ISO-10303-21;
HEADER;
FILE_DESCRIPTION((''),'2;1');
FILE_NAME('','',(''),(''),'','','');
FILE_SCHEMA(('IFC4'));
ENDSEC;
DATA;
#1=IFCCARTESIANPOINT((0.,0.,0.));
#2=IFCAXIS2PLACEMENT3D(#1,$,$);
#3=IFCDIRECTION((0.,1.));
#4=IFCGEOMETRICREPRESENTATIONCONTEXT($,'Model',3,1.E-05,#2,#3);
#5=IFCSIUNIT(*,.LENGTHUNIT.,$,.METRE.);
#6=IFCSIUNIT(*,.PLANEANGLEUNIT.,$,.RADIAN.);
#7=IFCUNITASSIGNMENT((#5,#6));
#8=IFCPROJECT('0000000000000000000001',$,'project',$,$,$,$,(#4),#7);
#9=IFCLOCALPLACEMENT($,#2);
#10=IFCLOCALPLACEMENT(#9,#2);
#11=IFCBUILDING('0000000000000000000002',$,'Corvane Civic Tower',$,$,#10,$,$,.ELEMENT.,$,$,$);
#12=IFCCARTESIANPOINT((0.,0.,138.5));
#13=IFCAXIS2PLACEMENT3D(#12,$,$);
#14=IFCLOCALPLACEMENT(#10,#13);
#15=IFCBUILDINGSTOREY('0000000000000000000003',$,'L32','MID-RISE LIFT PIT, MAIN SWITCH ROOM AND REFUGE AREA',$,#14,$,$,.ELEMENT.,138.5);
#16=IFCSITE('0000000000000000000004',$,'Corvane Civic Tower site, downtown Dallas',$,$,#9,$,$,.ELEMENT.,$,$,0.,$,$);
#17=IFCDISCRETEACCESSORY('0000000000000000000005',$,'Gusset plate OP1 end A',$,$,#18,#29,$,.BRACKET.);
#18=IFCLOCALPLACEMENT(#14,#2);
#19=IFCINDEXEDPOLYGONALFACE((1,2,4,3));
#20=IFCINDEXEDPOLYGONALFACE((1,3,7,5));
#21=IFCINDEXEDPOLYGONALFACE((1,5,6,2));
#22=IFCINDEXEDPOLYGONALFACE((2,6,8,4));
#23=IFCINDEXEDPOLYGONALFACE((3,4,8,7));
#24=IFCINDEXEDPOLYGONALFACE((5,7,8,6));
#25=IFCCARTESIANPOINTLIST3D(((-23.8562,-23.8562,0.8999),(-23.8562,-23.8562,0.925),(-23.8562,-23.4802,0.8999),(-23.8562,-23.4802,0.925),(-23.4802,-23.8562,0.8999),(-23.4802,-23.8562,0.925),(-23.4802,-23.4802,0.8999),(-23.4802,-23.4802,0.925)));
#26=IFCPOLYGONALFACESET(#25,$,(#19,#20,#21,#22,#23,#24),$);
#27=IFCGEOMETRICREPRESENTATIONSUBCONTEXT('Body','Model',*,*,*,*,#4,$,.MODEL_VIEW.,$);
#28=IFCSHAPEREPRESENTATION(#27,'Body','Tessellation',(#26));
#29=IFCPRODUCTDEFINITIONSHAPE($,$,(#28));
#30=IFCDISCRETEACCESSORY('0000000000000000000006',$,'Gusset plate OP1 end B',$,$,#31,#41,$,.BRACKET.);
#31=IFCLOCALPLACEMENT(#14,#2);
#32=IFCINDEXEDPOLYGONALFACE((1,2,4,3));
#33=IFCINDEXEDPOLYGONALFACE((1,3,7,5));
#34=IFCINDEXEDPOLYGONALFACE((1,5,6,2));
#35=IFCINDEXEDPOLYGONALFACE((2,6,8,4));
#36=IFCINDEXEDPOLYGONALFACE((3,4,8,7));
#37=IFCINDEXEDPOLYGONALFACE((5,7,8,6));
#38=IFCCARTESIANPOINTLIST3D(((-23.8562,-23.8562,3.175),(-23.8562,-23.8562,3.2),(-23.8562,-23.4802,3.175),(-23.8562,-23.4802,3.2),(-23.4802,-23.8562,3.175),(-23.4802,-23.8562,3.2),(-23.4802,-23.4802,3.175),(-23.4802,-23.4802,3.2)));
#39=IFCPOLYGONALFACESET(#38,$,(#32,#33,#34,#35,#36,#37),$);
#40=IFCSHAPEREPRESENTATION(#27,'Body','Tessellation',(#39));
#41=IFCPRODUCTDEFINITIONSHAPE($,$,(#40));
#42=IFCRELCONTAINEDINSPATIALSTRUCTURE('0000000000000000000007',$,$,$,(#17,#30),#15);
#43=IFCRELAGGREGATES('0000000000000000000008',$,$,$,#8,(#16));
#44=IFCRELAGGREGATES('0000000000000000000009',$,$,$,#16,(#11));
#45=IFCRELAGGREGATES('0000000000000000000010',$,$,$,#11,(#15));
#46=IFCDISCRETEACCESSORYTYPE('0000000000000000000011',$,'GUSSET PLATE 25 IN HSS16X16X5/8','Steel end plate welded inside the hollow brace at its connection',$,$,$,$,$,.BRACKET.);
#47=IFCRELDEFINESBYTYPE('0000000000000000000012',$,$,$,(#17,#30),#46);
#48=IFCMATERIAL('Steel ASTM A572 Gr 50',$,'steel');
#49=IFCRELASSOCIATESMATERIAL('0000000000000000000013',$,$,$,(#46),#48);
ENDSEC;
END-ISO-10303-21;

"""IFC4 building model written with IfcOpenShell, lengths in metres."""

from ifc_helpers import new_model, si_unit, direction, frame, origin, origin_2d, place, context, subcontext, project, spatial, rectangle, extrude, material, material_profile, profile_set, type_object, element, save


model = new_model("IFC4")

# Units and contexts
model_context = context("Model", 3, precision=1e-05, world=origin(), true_north=direction((0.0, 1.0)))
body_context = subcontext(model_context, "Body", "Model", "MODEL_VIEW")
ifc_project = project(units=[si_unit("LENGTHUNIT", "METRE"), si_unit("PLANEANGLEUNIT", "RADIAN")], contexts=[model_context])

# Site, building, storey
site_placement = place(None, origin())
site = spatial("IfcSite", under=ifc_project, at=site_placement, Name="Corvane Civic Tower site, downtown Dallas", CompositionType="ELEMENT", RefElevation=0.0)
building_placement = place(site_placement, origin())
building = spatial("IfcBuilding", under=site, at=building_placement, Name="Corvane Civic Tower", CompositionType="ELEMENT")
storey_placement = place(building_placement, frame((0.0, 0.0, 138.5)))
storey = spatial("IfcBuildingStorey", under=building, at=storey_placement, Name="L32", Description="MID-RISE LIFT PIT, MAIN SWITCH ROOM AND REFUGE AREA", CompositionType="ELEMENT", Elevation=138.5)

# Discrete accessories
ifc_material_1 = material(Name="Steel ASTM A572 Gr 50", Category="steel")
ifc_material_profile_1 = material_profile(ifc_material_1, rectangle(XDim=0.376, YDim=0.376, at=origin_2d()), Name="GUSSET PLATE 25 IN HSS16X16X5/8")
ifc_profile_set_1 = profile_set([ifc_material_profile_1], Name="Steel ASTM A572 Gr 50")
discrete_accessory_type_1 = type_object("IfcDiscreteAccessoryType", Name="GUSSET PLATE 25 IN HSS16X16X5/8", Description="Steel end plate welded inside the hollow brace at its connection", PredefinedType="BRACKET", material=ifc_profile_set_1)
discrete_accessory_1_placement = place(storey_placement, frame((-23.6682, -23.6682, 0.8999), z_axis=(0.0, 0.0, 1.0), x_axis=(1.0, 0.0, 0.0)))
element("IfcDiscreteAccessory", 1, at=discrete_accessory_1_placement, inside=storey, type_object=discrete_accessory_type_1, Name="Gusset plate OP1 end A", PredefinedType="BRACKET", context=body_context, shape_type="SweptSolid", body=[
    extrude(rectangle(XDim=0.376, YDim=0.376, at=origin_2d()), origin(), (0.0, 0.0, 1.0), 0.0251),
])
discrete_accessory_2_placement = place(storey_placement, frame((-23.6682, -23.6682, 3.2), z_axis=(0.0, 0.0, -1.0), x_axis=(1.0, 0.0, 0.0)))
element("IfcDiscreteAccessory", 2, at=discrete_accessory_2_placement, inside=storey, type_object=discrete_accessory_type_1, Name="Gusset plate OP1 end B", PredefinedType="BRACKET", context=body_context, shape_type="SweptSolid", body=[
    extrude(rectangle(XDim=0.376, YDim=0.376, at=origin_2d()), origin(), (0.0, 0.0, 1.0), 0.0249),
])

save(model, "model.ifc")
